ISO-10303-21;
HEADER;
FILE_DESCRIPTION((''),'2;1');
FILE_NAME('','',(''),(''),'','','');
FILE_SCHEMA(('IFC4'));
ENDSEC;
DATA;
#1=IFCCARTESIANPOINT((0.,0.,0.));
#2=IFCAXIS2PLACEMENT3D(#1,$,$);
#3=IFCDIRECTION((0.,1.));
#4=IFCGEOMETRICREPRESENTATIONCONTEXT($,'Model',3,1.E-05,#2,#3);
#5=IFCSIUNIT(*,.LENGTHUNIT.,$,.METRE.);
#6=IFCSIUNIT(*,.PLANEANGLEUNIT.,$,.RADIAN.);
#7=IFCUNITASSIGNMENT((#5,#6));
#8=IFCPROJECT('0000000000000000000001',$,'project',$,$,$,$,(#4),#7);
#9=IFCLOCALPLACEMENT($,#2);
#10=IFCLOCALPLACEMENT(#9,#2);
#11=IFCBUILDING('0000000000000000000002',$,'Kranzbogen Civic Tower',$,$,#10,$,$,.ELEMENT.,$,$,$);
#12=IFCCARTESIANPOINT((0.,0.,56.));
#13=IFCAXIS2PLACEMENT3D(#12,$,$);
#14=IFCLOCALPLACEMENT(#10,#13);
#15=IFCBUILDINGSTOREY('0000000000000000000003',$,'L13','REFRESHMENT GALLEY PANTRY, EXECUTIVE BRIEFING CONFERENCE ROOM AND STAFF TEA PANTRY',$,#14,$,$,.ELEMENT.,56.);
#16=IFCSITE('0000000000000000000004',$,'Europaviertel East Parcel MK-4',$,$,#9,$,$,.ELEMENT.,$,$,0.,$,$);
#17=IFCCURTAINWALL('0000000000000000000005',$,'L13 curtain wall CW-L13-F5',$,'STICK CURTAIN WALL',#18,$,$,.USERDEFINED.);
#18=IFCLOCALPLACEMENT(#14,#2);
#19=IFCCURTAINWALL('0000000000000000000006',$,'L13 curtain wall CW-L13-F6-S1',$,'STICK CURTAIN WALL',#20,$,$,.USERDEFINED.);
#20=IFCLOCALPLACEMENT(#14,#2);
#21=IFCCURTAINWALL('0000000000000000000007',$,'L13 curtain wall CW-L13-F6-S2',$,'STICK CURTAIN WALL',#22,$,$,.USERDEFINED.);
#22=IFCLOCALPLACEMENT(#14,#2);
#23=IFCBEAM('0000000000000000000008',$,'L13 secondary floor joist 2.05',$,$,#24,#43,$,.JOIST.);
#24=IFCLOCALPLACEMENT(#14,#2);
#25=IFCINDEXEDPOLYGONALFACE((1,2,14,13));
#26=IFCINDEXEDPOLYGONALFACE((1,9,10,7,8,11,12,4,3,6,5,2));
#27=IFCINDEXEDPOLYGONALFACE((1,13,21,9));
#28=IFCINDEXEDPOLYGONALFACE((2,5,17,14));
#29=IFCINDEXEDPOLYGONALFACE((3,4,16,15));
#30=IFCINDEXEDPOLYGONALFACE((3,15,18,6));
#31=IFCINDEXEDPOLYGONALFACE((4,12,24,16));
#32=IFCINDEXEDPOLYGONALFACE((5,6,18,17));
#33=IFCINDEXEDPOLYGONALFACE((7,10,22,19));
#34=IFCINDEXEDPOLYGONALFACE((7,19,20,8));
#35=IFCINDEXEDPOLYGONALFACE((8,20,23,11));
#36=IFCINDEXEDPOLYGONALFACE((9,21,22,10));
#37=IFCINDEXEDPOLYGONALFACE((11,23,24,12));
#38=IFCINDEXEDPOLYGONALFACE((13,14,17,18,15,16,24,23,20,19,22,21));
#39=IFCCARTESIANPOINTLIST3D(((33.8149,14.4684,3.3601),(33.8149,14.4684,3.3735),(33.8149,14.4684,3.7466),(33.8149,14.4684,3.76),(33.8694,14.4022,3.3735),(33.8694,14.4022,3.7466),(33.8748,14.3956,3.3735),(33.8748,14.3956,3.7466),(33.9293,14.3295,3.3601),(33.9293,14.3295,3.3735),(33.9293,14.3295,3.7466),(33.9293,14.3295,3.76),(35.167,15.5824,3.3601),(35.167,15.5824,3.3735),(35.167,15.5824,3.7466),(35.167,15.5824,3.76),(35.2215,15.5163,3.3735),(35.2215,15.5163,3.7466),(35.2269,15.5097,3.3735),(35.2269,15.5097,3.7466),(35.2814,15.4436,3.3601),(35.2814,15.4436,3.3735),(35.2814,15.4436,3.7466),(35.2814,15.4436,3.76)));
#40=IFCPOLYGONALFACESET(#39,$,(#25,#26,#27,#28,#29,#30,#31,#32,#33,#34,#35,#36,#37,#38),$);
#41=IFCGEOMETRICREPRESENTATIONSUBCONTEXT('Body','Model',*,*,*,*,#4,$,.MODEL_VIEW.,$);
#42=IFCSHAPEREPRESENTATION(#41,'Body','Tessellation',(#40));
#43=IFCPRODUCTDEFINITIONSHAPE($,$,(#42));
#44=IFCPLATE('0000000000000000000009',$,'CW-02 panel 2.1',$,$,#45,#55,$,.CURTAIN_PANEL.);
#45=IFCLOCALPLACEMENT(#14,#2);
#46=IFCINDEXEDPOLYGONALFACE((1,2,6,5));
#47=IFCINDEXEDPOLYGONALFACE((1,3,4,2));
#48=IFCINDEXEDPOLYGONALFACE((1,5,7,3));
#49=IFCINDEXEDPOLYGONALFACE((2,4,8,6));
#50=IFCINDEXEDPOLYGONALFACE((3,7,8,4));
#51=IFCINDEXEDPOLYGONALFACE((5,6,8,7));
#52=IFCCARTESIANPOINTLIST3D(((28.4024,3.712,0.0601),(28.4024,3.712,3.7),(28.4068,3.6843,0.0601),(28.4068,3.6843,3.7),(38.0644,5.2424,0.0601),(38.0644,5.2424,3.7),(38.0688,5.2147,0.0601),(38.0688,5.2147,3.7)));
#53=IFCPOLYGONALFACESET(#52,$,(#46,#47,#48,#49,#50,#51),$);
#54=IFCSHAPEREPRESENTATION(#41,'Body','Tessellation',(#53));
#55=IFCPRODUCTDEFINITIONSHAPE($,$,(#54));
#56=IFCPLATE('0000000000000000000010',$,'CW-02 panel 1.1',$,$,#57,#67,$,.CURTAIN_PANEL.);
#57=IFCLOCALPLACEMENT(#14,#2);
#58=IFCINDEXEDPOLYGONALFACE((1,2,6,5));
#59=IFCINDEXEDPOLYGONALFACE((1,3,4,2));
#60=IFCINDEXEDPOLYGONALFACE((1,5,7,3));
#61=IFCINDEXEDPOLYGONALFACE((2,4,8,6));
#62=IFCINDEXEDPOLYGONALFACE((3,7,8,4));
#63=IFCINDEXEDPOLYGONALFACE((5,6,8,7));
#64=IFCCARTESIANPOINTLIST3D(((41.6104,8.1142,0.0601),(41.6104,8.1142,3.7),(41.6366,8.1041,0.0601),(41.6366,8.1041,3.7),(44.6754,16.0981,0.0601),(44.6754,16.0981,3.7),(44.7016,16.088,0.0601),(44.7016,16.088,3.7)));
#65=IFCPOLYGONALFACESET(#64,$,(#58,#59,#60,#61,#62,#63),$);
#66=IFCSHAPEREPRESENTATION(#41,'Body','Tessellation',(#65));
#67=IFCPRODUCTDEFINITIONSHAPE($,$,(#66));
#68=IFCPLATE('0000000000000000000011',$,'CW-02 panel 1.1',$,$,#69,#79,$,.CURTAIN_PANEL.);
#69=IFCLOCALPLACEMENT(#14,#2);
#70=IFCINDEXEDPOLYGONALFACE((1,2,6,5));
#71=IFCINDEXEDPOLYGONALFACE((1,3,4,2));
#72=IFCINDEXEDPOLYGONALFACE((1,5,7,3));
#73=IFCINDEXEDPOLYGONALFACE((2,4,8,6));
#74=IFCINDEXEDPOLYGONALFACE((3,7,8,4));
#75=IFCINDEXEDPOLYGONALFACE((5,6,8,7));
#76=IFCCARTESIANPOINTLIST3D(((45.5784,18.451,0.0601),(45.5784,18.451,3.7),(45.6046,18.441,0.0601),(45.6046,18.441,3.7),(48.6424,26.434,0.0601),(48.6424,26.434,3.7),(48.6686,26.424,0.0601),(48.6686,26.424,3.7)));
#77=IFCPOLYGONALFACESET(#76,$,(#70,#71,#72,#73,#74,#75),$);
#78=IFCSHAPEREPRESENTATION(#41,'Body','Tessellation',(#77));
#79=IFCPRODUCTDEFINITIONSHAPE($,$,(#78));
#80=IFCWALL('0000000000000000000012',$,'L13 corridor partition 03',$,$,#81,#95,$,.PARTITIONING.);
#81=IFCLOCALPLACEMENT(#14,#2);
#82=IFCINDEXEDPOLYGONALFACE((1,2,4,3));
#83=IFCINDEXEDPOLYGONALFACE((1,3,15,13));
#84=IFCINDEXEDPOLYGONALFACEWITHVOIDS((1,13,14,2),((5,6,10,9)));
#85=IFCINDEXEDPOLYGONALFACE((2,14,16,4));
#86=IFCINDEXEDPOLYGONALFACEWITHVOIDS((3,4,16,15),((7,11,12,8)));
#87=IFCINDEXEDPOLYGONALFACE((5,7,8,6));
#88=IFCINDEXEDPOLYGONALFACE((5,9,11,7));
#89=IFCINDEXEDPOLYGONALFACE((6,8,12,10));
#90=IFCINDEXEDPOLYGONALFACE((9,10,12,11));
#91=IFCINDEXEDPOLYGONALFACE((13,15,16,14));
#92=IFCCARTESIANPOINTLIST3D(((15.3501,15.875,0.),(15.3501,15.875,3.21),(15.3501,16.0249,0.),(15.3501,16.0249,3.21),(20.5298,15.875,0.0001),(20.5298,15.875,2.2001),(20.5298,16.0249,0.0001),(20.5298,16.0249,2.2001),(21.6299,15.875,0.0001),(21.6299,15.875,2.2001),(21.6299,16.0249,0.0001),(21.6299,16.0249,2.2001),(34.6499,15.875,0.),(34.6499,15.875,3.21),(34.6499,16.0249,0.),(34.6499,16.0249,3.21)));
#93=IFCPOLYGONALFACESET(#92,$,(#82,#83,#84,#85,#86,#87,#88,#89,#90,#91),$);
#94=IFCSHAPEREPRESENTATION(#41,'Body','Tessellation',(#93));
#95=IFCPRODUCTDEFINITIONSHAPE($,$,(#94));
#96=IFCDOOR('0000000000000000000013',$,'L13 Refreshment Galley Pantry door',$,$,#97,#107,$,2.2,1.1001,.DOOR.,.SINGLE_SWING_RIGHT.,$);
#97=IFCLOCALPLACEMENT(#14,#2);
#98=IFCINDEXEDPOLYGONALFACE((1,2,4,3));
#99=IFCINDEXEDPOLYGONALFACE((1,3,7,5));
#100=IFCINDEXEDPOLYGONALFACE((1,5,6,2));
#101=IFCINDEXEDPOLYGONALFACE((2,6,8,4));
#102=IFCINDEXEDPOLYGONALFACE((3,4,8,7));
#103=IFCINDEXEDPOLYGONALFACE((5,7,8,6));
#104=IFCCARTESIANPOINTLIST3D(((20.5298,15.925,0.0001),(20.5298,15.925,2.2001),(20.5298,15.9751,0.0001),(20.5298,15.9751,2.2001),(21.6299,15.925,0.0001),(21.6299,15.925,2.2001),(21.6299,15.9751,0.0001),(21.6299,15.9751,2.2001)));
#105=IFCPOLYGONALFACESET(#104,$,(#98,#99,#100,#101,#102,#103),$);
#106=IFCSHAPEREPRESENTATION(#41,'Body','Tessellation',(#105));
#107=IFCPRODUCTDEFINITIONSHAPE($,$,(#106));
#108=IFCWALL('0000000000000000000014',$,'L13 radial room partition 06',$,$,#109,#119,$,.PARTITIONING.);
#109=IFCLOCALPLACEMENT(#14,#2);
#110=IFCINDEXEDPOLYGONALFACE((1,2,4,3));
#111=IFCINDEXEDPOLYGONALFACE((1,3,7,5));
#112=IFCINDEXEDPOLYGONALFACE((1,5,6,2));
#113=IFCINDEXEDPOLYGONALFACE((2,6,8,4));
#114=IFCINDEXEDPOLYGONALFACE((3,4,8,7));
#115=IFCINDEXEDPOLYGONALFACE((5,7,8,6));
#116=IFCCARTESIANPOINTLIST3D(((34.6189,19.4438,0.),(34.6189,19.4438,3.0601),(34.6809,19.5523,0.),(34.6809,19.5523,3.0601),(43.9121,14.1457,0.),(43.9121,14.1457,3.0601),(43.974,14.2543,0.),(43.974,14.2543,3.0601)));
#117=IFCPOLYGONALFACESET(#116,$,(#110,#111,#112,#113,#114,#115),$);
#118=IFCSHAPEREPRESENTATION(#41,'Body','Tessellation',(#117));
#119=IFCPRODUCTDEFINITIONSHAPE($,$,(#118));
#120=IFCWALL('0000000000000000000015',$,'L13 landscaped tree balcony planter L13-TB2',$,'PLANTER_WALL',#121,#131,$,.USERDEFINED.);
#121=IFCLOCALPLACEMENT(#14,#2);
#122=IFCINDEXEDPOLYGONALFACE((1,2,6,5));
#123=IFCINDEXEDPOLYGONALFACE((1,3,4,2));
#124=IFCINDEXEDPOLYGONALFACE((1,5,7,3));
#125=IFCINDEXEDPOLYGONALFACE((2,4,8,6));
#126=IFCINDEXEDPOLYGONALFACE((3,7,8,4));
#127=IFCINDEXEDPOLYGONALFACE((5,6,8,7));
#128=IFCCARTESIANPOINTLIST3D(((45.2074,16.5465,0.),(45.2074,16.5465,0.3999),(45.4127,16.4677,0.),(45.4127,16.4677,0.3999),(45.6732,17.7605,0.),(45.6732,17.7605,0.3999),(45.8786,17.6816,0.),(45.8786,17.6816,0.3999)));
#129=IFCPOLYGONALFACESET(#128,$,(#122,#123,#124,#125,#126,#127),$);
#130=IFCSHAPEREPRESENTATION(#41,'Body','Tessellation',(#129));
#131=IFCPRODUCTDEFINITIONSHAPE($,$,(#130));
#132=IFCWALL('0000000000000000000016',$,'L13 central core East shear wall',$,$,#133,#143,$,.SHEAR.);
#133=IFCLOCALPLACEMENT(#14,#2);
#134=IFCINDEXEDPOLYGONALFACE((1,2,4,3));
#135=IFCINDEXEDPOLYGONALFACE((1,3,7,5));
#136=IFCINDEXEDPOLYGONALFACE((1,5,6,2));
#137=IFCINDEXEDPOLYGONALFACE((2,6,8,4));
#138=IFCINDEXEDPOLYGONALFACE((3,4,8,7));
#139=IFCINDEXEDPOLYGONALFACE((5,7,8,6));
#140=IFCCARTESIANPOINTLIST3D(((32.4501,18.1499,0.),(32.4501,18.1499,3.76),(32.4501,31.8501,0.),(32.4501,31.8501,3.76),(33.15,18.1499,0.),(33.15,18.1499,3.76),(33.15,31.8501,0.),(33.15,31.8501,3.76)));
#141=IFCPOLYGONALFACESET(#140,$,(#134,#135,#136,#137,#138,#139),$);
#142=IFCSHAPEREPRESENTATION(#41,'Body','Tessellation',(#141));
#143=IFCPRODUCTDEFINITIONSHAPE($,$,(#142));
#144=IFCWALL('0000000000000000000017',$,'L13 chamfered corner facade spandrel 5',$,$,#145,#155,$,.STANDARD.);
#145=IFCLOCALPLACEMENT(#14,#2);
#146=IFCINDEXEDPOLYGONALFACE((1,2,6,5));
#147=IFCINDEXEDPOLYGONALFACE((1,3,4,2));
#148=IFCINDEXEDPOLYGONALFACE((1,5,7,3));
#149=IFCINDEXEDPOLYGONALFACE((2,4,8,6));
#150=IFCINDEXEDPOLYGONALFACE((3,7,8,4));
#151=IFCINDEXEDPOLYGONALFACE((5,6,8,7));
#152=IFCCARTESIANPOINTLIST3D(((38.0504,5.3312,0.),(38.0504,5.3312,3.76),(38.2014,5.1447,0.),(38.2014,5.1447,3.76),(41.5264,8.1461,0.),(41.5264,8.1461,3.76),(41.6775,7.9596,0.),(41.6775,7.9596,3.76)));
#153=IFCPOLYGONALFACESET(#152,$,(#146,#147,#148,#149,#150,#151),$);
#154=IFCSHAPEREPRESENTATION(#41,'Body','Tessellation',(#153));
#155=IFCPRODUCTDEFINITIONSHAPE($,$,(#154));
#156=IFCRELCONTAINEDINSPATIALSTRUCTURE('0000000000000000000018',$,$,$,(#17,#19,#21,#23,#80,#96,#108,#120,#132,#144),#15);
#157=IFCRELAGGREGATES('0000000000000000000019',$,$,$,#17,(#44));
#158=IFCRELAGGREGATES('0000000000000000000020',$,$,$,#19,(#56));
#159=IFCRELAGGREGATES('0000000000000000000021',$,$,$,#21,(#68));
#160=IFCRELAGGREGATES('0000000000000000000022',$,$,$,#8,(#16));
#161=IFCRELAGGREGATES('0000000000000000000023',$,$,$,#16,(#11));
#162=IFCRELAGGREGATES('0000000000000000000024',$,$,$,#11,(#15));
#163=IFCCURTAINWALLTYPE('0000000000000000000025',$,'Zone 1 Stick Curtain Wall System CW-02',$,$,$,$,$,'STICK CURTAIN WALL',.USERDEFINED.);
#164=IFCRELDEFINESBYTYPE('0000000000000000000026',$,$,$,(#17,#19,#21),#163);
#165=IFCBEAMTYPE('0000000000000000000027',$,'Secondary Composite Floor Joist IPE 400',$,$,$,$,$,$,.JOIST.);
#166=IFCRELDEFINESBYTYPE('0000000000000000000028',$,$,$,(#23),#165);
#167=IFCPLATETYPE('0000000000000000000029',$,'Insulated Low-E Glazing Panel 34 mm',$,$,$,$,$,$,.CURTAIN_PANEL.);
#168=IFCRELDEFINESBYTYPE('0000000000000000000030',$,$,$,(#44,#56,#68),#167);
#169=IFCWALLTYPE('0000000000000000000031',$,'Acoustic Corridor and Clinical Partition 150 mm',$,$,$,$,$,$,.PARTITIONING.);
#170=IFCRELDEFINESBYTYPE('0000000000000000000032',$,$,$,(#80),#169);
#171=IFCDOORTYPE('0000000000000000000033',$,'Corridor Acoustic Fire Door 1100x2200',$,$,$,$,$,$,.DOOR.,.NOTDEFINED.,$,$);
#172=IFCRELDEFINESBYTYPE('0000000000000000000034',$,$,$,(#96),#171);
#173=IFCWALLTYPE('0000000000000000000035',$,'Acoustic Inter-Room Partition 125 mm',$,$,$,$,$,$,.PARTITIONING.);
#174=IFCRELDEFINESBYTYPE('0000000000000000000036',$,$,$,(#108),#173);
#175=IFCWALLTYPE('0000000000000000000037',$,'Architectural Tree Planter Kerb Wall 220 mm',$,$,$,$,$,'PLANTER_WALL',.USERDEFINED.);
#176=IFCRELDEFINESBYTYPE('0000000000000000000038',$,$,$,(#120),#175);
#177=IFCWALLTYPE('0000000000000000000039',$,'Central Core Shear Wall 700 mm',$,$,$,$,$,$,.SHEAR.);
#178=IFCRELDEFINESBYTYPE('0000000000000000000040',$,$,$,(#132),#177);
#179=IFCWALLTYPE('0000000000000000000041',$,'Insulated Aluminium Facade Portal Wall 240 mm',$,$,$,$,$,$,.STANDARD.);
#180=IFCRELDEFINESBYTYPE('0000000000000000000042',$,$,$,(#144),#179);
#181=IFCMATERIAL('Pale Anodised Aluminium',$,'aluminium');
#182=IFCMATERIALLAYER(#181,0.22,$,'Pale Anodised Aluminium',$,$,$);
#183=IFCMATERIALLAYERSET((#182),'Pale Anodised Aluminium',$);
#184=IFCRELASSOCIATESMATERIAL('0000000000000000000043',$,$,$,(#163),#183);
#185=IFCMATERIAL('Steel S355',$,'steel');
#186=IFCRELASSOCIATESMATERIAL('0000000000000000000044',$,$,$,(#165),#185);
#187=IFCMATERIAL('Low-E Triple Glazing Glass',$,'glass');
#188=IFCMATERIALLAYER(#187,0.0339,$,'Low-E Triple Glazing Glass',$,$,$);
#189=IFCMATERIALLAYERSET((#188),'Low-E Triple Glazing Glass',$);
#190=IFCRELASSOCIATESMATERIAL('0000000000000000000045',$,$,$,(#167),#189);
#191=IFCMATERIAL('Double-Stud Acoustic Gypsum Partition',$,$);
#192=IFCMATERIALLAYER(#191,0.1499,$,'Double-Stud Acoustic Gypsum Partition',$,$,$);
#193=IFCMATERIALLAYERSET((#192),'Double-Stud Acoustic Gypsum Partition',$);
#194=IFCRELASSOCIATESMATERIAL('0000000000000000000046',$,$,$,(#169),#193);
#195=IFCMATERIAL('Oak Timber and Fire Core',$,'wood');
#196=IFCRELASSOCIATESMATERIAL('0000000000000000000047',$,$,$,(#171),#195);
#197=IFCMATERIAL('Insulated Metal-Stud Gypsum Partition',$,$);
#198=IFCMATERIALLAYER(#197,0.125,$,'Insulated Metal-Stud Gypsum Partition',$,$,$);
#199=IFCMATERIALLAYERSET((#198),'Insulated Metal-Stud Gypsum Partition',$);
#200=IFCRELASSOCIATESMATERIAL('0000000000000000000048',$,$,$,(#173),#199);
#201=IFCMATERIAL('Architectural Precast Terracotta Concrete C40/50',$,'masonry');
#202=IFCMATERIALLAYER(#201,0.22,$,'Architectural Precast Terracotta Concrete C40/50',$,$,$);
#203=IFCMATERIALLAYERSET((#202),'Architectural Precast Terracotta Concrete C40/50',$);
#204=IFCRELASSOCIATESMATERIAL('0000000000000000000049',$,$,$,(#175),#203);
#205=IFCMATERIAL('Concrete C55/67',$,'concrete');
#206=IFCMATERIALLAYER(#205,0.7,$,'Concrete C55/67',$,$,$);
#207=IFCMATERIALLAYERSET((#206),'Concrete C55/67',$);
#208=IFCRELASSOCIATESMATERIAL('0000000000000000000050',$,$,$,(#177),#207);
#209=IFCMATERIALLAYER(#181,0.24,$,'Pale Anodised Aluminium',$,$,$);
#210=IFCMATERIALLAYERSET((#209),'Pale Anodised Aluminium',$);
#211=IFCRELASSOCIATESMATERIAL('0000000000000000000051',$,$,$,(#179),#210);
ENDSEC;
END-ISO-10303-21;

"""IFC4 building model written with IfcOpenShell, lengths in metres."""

from ifc_helpers import new_model, si_unit, direction, frame, frame_2d, origin, origin_2d, place, context, subcontext, project, spatial, rectangle, i_section, extrude, material, layer, layer_set, material_profile, profile_set, type_object, element, fill, aggregate, save


model = new_model("IFC4")

# Units and contexts
model_context = context("Model", 3, precision=1e-05, world=origin(), true_north=direction((0.0, 1.0)))
body_context = subcontext(model_context, "Body", "Model", "MODEL_VIEW")
ifc_project = project(units=[si_unit("LENGTHUNIT", "METRE"), si_unit("PLANEANGLEUNIT", "RADIAN")], contexts=[model_context])

# Site, building, storey
site_placement = place(None, origin())
site = spatial("IfcSite", under=ifc_project, at=site_placement, Name="Europaviertel East Parcel MK-4", CompositionType="ELEMENT", RefElevation=0.0)
building_placement = place(site_placement, origin())
building = spatial("IfcBuilding", under=site, at=building_placement, Name="Kranzbogen Civic Tower", CompositionType="ELEMENT")
storey_placement = place(building_placement, frame((0.0, 0.0, 56.0)))
storey = spatial("IfcBuildingStorey", under=building, at=storey_placement, Name="L13", Description="REFRESHMENT GALLEY PANTRY, EXECUTIVE BRIEFING CONFERENCE ROOM AND STAFF TEA PANTRY", CompositionType="ELEMENT", Elevation=56.0)

# Curtain wall
ifc_material_1 = material(Name="Pale Anodised Aluminium", Category="aluminium")
ifc_layer_1 = layer(ifc_material_1, 0.22, Name="Pale Anodised Aluminium")
ifc_layer_set_1 = layer_set([ifc_layer_1], Name="Pale Anodised Aluminium")
curtain_wall_type = type_object("IfcCurtainWallType", Name="Zone 1 Stick Curtain Wall System CW-02", ElementType="STICK CURTAIN WALL", PredefinedType="USERDEFINED", material=ifc_layer_set_1)
curtain_wall_1_placement = place(storey_placement, origin())
curtain_wall_1 = element("IfcCurtainWall", 1, at=curtain_wall_1_placement, inside=storey, type_object=curtain_wall_type, Name="L13 curtain wall CW-L13-F5", ObjectType="STICK CURTAIN WALL", PredefinedType="USERDEFINED")

# Curtain walls
curtain_wall_2_placement = place(storey_placement, origin())
curtain_wall_2 = element("IfcCurtainWall", 2, at=curtain_wall_2_placement, inside=storey, type_object=curtain_wall_type, Name="L13 curtain wall CW-L13-F6-S1", ObjectType="STICK CURTAIN WALL", PredefinedType="USERDEFINED")
curtain_wall_3_placement = place(storey_placement, origin())
curtain_wall_3 = element("IfcCurtainWall", 3, at=curtain_wall_3_placement, inside=storey, type_object=curtain_wall_type, Name="L13 curtain wall CW-L13-F6-S2", ObjectType="STICK CURTAIN WALL", PredefinedType="USERDEFINED")

# Beam
ifc_material_2 = material(Name="Steel S355", Category="steel")
ifc_material_profile_1 = material_profile(ifc_material_2, i_section(OverallWidth=0.1799, OverallDepth=0.3999, WebThickness=0.0085, FlangeThickness=0.0134, at=origin_2d()), Name="IPE 400")
ifc_profile_set_1 = profile_set([ifc_material_profile_1], Name="Steel S355")
beam_type_1 = type_object("IfcBeamType", Name="Secondary Composite Floor Joist IPE 400", PredefinedType="JOIST", material=ifc_profile_set_1)
beam_1_placement = place(storey_placement, frame((33.8721, 14.3989, 3.5601), z_axis=(0.771773, 0.635898, 0.0), x_axis=(-0.635898, 0.771773, 0.0)))
element("IfcBeam", 4, at=beam_1_placement, inside=storey, type_object=beam_type_1, Name="L13 secondary floor joist 2.05", PredefinedType="JOIST", context=body_context, shape_type="SweptSolid", body=[
    extrude(i_section(OverallWidth=0.1799, OverallDepth=0.3999, WebThickness=0.0085, FlangeThickness=0.0134, at=origin_2d()), origin(), (0.0, 0.0, 1.0), 1.752),
])

# Plates
ifc_material_3 = material(Name="Low-E Triple Glazing Glass", Category="glass")
ifc_layer_2 = layer(ifc_material_3, 0.0339, Name="Low-E Triple Glazing Glass")
ifc_layer_set_2 = layer_set([ifc_layer_2], Name="Low-E Triple Glazing Glass")
plate_type = type_object("IfcPlateType", Name="Insulated Low-E Glazing Panel 34 mm", PredefinedType="CURTAIN_PANEL", material=ifc_layer_set_2)
plate_1_placement = place(storey_placement, frame((33.2356, 4.4634, 0.0601), z_axis=(0.0, 0.0, 1.0), x_axis=(0.987687, 0.156444, 0.0)))
plate_1 = element("IfcPlate", 5, at=plate_1_placement, type_object=plate_type, Name="CW-02 panel 2.1", PredefinedType="CURTAIN_PANEL", context=body_context, shape_type="SweptSolid", body=[
    extrude(rectangle(XDim=9.7825, YDim=0.0281, at=origin_2d()), origin(), (0.0, 0.0, 1.0), 3.6399),
])
aggregate(curtain_wall_1, [plate_1])
plate_2_placement = place(storey_placement, frame((43.156, 12.1011, 0.0601), z_axis=(0.0, 0.0, 1.0), x_axis=(0.358392, 0.933571, 0.0)))
plate_2 = element("IfcPlate", 6, at=plate_2_placement, type_object=plate_type, Name="CW-02 panel 1.1", PredefinedType="CURTAIN_PANEL", context=body_context, shape_type="SweptSolid", body=[
    extrude(rectangle(XDim=8.552, YDim=0.0281, at=origin_2d()), origin(), (0.0, 0.0, 1.0), 3.6399),
])
aggregate(curtain_wall_2, [plate_2])
plate_3_placement = place(storey_placement, frame((47.1235, 22.4375, 0.0601), z_axis=(0.0, 0.0, 1.0), x_axis=(0.35833, 0.933595, 0.0)))
plate_3 = element("IfcPlate", 7, at=plate_3_placement, type_object=plate_type, Name="CW-02 panel 1.1", PredefinedType="CURTAIN_PANEL", context=body_context, shape_type="SweptSolid", body=[
    extrude(rectangle(XDim=8.5508, YDim=0.0281, at=origin_2d()), origin(), (0.0, 0.0, 1.0), 3.6399),
])
aggregate(curtain_wall_3, [plate_3])

# Wall, opening, door
ifc_material_4 = material(Name="Double-Stud Acoustic Gypsum Partition")
ifc_layer_3 = layer(ifc_material_4, 0.1499, Name="Double-Stud Acoustic Gypsum Partition")
ifc_layer_set_3 = layer_set([ifc_layer_3], Name="Double-Stud Acoustic Gypsum Partition")
wall_type_1 = type_object("IfcWallType", Name="Acoustic Corridor and Clinical Partition 150 mm", PredefinedType="PARTITIONING", material=ifc_layer_set_3)
wall_1_placement = place(storey_placement, frame((34.6499, 15.95, 0.0), z_axis=(0.0, 0.0, 1.0), x_axis=(-1.0, 0.0, 0.0)))
wall_1 = element("IfcWall", 8, at=wall_1_placement, inside=storey, type_object=wall_type_1, Name="L13 corridor partition 03", PredefinedType="PARTITIONING", context=body_context, shape_type="SweptSolid", body=[
    extrude(rectangle(XDim=19.2998, YDim=0.1499, at=frame_2d((9.6499, 0.0))), origin(), (0.0, 0.0, 1.0), 3.21),
])
opening_1_placement = place(wall_1_placement, frame((13.02, 0.0, 0.0)))
opening_1 = element("IfcOpeningElement", 9, at=opening_1_placement, cuts=wall_1, PredefinedType="OPENING", context=body_context, shape_type="SweptSolid", body=[
    extrude(rectangle(XDim=1.1001, YDim=2.2, at=frame_2d((0.55, 1.1001))), frame((0.0, 0.085, 0.0), z_axis=(0.0, -1.0, 0.0), x_axis=(1.0, 0.0, 0.0)), (0.0, 0.0, 1.0), 0.1699),
])
ifc_material_5 = material(Name="Oak Timber and Fire Core", Category="wood")
door_type_1 = type_object("IfcDoorType", Name="Corridor Acoustic Fire Door 1100x2200", OperationType="NOTDEFINED", PredefinedType="DOOR", material=ifc_material_5)
door_1_placement = place(opening_1_placement, origin())
door_1 = element("IfcDoor", 10, at=door_1_placement, inside=storey, type_object=door_type_1, Name="L13 Refreshment Galley Pantry door", OperationType="SINGLE_SWING_RIGHT", OverallHeight=2.2, OverallWidth=1.1001, PredefinedType="DOOR", context=body_context, shape_type="SweptSolid", body=[
    extrude(rectangle(XDim=1.1001, YDim=2.2, at=frame_2d((0.55, 1.1001))), frame((0.0, 0.0249, 0.0), z_axis=(0.0, -1.0, 0.0), x_axis=(1.0, 0.0, 0.0)), (0.0, 0.0, 1.0), 0.05),
])
fill(opening_1, door_1)

# Walls
ifc_material_6 = material(Name="Insulated Metal-Stud Gypsum Partition")
ifc_layer_4 = layer(ifc_material_6, 0.125, Name="Insulated Metal-Stud Gypsum Partition")
ifc_layer_set_4 = layer_set([ifc_layer_4], Name="Insulated Metal-Stud Gypsum Partition")
wall_type_2 = type_object("IfcWallType", Name="Acoustic Inter-Room Partition 125 mm", PredefinedType="PARTITIONING", material=ifc_layer_set_4)
wall_2_placement = place(storey_placement, frame((34.6499, 19.498, 0.0), z_axis=(0.0, 0.0, 1.0), x_axis=(0.868738, -0.495271, 0.0)))
element("IfcWall", 11, at=wall_2_placement, inside=storey, type_object=wall_type_2, Name="L13 radial room partition 06", PredefinedType="PARTITIONING", context=body_context, shape_type="SweptSolid", body=[
    extrude(rectangle(XDim=10.6973, YDim=0.125, at=frame_2d((5.3486, 0.0))), origin(), (0.0, 0.0, 1.0), 3.0601),
])
ifc_material_7 = material(Name="Architectural Precast Terracotta Concrete C40/50", Category="masonry")
ifc_layer_5 = layer(ifc_material_7, 0.22, Name="Architectural Precast Terracotta Concrete C40/50")
ifc_layer_set_5 = layer_set([ifc_layer_5], Name="Architectural Precast Terracotta Concrete C40/50")
wall_type_3 = type_object("IfcWallType", Name="Architectural Tree Planter Kerb Wall 220 mm", ElementType="PLANTER_WALL", PredefinedType="USERDEFINED", material=ifc_layer_set_5)
wall_3_placement = place(storey_placement, frame((45.3101, 16.5071, 0.0), z_axis=(0.0, 0.0, 1.0), x_axis=(0.358274, 0.933616, 0.0)))
element("IfcWall", 12, at=wall_3_placement, inside=storey, type_object=wall_type_3, Name="L13 landscaped tree balcony planter L13-TB2", ObjectType="PLANTER_WALL", PredefinedType="USERDEFINED", context=body_context, shape_type="SweptSolid", body=[
    extrude(rectangle(XDim=1.3003, YDim=0.22, at=frame_2d((0.6501, 0.0))), origin(), (0.0, 0.0, 1.0), 0.3999),
])
ifc_material_8 = material(Name="Concrete C55/67", Category="concrete")
ifc_layer_6 = layer(ifc_material_8, 0.7, Name="Concrete C55/67")
ifc_layer_set_6 = layer_set([ifc_layer_6], Name="Concrete C55/67")
wall_type_4 = type_object("IfcWallType", Name="Central Core Shear Wall 700 mm", PredefinedType="SHEAR", material=ifc_layer_set_6)
wall_4_placement = place(storey_placement, frame((32.8, 18.1499, 0.0), z_axis=(0.0, 0.0, 1.0), x_axis=(0.0, 1.0, 0.0)))
element("IfcWall", 13, at=wall_4_placement, inside=storey, type_object=wall_type_4, Name="L13 central core East shear wall", PredefinedType="SHEAR", context=body_context, shape_type="SweptSolid", body=[
    extrude(rectangle(XDim=13.7002, YDim=0.7, at=frame_2d((6.8501, 0.0))), origin(), (0.0, 0.0, 1.0), 3.76),
])
ifc_layer_7 = layer(ifc_material_1, 0.24, Name="Pale Anodised Aluminium")
ifc_layer_set_7 = layer_set([ifc_layer_7], Name="Pale Anodised Aluminium")
wall_type_5 = type_object("IfcWallType", Name="Insulated Aluminium Facade Portal Wall 240 mm", PredefinedType="STANDARD", material=ifc_layer_set_7)
wall_5_placement = place(storey_placement, frame((38.126, 5.238, 0.0), z_axis=(0.0, 0.0, 1.0), x_axis=(0.777138, 0.62933, 0.0)))
element("IfcWall", 14, at=wall_5_placement, inside=storey, type_object=wall_type_5, Name="L13 chamfered corner facade spandrel 5", PredefinedType="STANDARD", context=body_context, shape_type="SweptSolid", body=[
    extrude(rectangle(XDim=4.4729, YDim=0.24, at=frame_2d((2.2363, 0.0))), origin(), (0.0, 0.0, 1.0), 3.76),
])

save(model, "model.ifc")
